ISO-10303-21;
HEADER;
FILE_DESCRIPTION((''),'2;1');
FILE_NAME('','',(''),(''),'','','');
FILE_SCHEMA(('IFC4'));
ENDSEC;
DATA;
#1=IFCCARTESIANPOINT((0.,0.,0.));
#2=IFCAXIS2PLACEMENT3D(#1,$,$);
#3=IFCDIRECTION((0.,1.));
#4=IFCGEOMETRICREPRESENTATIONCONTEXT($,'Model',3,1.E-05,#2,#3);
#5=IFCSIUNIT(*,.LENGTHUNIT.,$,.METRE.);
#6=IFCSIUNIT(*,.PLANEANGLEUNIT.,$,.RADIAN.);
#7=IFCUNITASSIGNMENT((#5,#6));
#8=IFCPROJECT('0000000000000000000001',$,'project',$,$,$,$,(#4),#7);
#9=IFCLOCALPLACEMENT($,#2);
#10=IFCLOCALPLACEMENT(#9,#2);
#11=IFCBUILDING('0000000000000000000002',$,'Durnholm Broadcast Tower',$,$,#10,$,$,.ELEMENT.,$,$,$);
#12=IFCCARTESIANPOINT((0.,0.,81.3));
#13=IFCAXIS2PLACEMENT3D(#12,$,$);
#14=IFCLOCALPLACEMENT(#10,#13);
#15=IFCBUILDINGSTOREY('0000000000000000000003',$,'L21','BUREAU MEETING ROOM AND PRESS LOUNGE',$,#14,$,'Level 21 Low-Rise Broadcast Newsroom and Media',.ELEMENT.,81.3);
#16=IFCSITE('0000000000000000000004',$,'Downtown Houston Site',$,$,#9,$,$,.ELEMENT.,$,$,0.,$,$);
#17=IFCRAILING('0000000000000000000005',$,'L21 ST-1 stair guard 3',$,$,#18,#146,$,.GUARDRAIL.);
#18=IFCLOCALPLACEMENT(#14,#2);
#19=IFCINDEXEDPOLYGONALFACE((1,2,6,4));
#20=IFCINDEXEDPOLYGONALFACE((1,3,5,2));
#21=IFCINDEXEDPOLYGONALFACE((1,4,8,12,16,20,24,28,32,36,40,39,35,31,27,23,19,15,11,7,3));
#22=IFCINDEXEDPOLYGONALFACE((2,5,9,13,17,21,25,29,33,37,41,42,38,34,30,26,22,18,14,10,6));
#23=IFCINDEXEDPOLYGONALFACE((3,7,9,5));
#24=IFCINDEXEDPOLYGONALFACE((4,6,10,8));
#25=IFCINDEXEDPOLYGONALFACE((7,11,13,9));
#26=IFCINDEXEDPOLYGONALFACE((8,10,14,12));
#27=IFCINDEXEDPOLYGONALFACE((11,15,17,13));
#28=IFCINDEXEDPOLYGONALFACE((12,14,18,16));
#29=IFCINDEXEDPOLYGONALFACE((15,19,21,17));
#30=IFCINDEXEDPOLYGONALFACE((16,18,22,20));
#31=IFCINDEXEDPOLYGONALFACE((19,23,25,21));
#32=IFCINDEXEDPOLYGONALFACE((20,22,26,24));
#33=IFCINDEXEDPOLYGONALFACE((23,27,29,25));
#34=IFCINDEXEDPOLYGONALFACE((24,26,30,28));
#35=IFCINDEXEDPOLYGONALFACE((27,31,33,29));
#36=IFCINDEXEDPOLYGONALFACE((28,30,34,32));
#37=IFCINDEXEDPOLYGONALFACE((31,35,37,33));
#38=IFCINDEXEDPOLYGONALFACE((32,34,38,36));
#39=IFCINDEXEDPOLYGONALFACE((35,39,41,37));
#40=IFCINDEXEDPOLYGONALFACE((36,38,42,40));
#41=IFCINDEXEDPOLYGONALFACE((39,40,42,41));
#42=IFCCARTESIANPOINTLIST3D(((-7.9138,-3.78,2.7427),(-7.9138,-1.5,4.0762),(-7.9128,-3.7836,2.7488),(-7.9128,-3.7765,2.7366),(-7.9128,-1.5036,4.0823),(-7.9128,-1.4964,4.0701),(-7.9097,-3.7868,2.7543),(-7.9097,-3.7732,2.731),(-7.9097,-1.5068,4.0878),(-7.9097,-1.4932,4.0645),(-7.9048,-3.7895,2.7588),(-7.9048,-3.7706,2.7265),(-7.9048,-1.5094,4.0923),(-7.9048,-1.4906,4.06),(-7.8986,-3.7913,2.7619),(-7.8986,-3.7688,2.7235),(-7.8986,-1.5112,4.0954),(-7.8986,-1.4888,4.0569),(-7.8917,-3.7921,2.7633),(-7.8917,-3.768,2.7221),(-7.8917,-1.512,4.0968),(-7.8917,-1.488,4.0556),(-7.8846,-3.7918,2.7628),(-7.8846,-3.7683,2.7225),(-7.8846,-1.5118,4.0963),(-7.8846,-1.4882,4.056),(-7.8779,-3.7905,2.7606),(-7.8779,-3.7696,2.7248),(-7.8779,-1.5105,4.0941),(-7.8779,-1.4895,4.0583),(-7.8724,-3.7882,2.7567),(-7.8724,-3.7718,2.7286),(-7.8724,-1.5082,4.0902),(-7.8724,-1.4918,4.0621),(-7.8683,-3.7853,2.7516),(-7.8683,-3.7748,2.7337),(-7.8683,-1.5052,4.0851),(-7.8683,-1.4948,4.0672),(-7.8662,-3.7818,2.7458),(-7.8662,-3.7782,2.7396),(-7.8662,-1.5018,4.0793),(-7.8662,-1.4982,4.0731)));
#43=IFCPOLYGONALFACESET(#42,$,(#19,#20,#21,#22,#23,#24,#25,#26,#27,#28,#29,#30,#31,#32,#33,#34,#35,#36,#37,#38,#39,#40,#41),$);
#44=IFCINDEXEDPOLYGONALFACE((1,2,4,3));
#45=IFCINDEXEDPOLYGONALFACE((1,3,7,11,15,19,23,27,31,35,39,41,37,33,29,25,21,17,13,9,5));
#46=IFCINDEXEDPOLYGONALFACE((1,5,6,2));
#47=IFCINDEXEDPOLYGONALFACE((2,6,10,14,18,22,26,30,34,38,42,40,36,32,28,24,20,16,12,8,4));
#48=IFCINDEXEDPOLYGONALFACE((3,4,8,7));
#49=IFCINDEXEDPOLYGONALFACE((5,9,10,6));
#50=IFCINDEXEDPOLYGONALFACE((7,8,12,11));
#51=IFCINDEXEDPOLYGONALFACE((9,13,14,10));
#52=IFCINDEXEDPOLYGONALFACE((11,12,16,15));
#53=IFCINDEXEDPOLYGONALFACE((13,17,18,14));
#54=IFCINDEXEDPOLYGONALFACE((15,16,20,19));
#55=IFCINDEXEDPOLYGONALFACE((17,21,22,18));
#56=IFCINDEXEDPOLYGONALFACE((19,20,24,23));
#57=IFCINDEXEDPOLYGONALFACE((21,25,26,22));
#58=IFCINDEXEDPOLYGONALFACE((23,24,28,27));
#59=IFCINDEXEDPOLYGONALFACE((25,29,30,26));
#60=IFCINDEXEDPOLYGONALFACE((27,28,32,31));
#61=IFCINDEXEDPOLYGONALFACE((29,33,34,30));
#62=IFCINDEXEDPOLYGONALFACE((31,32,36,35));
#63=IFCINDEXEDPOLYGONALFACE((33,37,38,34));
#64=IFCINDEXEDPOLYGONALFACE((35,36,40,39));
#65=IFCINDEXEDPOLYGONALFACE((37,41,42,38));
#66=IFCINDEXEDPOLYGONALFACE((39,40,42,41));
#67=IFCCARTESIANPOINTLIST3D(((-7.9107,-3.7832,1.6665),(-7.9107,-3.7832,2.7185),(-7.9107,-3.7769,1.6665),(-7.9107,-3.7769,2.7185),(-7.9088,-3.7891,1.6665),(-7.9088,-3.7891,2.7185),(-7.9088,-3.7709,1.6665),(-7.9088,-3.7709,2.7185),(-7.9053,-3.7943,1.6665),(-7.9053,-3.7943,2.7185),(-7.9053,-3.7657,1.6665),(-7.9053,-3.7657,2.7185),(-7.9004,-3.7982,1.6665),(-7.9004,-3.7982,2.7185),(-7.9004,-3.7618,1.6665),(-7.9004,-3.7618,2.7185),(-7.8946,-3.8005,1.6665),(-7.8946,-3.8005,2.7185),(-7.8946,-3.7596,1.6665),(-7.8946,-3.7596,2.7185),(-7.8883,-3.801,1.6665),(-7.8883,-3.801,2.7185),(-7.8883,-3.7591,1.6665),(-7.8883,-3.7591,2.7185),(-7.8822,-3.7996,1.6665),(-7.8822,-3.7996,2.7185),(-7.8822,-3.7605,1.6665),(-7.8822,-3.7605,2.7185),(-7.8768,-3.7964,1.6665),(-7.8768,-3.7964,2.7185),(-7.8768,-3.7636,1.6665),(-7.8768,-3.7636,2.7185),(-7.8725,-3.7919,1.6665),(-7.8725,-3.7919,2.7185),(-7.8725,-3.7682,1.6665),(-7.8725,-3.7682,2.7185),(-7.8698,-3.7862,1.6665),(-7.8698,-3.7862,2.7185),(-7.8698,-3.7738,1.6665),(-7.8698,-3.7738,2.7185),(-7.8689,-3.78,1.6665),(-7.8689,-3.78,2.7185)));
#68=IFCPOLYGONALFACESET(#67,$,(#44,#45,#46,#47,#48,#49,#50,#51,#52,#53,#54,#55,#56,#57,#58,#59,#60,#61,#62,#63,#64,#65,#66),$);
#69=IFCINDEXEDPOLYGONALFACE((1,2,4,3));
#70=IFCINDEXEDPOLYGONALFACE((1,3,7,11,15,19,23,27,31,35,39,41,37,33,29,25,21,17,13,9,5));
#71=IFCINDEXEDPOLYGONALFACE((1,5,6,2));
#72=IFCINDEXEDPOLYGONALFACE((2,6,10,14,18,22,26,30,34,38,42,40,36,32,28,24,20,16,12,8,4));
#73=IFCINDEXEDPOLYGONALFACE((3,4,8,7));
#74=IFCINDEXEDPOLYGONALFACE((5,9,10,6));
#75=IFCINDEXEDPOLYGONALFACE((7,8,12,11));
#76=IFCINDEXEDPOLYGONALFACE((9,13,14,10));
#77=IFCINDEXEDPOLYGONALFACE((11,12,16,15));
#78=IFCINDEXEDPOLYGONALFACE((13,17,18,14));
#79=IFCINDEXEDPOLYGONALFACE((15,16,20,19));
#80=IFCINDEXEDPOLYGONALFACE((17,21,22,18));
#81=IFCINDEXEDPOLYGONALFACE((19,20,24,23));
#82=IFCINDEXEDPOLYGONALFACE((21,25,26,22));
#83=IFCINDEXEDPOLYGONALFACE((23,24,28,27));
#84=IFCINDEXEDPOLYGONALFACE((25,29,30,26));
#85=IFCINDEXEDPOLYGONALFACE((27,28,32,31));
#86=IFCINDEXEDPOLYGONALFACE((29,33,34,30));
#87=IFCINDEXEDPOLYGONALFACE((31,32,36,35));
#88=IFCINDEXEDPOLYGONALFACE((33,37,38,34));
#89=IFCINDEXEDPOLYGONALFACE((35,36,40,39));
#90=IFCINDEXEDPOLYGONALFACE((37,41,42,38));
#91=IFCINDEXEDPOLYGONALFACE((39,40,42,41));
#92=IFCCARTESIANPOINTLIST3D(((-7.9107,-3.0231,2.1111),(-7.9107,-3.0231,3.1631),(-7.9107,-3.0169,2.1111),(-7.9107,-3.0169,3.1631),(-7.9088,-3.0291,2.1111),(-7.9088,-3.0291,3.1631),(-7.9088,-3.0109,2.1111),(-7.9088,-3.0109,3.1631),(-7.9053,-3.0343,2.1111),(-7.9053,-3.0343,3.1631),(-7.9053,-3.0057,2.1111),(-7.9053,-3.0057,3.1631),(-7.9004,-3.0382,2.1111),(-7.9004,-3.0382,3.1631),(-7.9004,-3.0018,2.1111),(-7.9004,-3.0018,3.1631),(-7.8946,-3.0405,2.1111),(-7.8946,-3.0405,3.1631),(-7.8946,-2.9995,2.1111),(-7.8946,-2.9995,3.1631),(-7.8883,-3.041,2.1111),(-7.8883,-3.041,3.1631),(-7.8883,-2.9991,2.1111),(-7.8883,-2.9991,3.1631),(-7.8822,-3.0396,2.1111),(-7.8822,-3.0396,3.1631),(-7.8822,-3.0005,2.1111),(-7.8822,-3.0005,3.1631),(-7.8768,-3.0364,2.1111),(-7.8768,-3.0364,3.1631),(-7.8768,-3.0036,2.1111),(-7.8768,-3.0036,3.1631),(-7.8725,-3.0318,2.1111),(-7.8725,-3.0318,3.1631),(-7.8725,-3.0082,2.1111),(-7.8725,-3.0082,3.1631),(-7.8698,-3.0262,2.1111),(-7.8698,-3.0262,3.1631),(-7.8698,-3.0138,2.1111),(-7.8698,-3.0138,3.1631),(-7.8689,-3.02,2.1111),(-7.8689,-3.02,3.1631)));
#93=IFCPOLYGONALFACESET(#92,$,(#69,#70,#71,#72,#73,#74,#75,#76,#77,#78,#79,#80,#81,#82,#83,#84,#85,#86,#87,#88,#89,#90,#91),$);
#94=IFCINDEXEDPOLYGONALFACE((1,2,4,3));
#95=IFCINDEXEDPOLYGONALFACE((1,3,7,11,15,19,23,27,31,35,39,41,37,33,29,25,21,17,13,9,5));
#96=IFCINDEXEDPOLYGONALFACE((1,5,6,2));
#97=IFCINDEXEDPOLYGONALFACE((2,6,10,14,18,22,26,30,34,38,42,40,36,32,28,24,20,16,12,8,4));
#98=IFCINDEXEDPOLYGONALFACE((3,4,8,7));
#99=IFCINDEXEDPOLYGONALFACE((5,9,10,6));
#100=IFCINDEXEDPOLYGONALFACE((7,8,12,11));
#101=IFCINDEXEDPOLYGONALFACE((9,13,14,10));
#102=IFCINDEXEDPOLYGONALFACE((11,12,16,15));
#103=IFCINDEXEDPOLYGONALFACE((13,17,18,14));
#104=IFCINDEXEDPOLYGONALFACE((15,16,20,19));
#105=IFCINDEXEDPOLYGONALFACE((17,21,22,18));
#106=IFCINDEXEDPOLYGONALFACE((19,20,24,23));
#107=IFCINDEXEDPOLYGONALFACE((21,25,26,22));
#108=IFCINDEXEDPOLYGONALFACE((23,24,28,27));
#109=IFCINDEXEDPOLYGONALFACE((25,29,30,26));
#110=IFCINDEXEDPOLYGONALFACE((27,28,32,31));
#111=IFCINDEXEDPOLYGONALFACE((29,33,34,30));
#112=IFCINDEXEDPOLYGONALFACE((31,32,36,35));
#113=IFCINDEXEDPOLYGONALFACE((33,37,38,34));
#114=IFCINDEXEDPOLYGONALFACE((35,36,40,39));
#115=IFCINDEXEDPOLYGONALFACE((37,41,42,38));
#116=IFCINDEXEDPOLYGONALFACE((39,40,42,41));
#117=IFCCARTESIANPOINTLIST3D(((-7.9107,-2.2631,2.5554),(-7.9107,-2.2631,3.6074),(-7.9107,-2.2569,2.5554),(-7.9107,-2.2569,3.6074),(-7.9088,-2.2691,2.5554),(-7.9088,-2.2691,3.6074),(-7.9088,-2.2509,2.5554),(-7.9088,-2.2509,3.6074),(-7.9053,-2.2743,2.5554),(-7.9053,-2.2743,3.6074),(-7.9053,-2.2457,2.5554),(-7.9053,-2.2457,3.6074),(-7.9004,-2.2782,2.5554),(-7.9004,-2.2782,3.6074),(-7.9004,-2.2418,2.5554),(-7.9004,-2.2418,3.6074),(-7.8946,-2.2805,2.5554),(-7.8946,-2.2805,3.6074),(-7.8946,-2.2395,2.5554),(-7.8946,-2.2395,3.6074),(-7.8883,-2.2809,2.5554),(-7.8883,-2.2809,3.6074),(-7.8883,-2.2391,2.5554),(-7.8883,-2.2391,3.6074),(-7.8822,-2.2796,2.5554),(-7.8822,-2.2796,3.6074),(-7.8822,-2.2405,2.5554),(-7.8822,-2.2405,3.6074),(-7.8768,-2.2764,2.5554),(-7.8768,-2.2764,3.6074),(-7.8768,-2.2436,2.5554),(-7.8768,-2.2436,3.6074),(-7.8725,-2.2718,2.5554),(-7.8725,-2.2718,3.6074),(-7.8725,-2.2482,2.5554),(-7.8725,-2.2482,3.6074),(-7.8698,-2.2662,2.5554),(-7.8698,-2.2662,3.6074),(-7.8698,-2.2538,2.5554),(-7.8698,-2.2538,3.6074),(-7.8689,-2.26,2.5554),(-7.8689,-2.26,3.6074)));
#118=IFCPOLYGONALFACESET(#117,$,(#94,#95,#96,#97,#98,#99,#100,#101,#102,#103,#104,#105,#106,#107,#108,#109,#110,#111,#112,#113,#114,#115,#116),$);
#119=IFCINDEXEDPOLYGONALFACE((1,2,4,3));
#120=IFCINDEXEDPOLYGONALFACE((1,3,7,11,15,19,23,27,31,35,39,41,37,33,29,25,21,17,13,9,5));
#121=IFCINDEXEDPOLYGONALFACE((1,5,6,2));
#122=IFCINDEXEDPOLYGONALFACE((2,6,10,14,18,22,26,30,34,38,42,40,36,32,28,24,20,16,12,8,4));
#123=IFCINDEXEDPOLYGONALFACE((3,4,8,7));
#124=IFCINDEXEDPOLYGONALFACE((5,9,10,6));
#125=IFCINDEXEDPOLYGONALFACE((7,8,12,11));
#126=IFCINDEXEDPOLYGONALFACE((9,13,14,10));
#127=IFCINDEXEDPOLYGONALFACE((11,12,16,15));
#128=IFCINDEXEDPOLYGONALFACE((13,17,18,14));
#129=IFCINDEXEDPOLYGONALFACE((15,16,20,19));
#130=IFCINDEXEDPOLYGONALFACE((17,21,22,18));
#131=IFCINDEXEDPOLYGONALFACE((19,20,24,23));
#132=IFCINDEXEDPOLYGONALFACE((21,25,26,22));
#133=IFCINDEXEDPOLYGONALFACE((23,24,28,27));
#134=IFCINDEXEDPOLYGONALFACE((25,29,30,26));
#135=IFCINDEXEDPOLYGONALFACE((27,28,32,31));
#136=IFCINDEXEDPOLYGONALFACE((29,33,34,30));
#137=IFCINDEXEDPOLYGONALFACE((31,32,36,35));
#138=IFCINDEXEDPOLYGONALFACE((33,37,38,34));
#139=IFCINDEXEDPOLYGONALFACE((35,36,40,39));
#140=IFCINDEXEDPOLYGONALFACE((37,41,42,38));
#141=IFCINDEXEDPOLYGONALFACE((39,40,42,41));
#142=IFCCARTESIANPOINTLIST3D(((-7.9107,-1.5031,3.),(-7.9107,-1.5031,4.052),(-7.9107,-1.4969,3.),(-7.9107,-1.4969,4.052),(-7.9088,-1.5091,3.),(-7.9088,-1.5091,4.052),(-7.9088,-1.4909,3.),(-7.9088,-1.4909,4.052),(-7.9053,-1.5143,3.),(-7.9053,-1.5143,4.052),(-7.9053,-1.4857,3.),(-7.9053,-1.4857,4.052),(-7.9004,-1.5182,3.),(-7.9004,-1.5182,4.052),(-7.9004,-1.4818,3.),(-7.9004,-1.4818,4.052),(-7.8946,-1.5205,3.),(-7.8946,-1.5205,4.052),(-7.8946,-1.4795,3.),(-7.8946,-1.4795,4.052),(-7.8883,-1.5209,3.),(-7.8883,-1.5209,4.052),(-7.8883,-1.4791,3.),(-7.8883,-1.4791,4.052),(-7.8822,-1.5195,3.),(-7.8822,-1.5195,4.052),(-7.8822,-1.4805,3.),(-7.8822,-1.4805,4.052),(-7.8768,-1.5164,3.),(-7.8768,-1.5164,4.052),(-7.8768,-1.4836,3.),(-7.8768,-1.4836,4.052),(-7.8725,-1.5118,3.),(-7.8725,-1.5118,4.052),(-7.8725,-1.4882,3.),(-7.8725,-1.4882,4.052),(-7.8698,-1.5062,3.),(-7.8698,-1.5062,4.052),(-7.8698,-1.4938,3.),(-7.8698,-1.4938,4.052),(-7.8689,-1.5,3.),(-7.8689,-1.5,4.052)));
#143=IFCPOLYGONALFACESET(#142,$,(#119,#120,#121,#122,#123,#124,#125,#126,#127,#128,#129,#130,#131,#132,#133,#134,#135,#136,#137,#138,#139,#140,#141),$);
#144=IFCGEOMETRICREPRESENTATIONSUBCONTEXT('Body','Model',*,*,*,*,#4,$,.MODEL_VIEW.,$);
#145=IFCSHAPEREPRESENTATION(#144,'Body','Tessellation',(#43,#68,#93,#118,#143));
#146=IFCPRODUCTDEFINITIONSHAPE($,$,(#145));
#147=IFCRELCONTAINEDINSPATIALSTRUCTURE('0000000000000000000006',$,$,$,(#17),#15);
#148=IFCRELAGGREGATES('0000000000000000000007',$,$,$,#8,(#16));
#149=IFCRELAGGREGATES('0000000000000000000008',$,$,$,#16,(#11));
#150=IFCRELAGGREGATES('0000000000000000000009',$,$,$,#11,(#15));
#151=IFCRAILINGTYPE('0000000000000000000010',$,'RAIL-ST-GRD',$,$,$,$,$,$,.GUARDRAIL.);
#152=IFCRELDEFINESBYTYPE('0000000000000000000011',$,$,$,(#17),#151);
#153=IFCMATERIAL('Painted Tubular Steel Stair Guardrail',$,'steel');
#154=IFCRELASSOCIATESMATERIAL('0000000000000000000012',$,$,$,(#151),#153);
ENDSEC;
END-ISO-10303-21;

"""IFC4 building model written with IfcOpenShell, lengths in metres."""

from ifc_helpers import new_model, si_unit, direction, frame, origin, origin_2d, place, context, subcontext, project, spatial, circle, extrude, material, type_object, element, save


model = new_model("IFC4")

# Units and contexts
model_context = context("Model", 3, precision=1e-05, world=origin(), true_north=direction((0.0, 1.0)))
body_context = subcontext(model_context, "Body", "Model", "MODEL_VIEW")
ifc_project = project(units=[si_unit("LENGTHUNIT", "METRE"), si_unit("PLANEANGLEUNIT", "RADIAN")], contexts=[model_context])

# Site, building, storey
site_placement = place(None, origin())
site = spatial("IfcSite", under=ifc_project, at=site_placement, Name="Downtown Houston Site", CompositionType="ELEMENT", RefElevation=0.0)
building_placement = place(site_placement, origin())
building = spatial("IfcBuilding", under=site, at=building_placement, Name="Durnholm Broadcast Tower", CompositionType="ELEMENT")
storey_placement = place(building_placement, frame((0.0, 0.0, 81.3)))
storey = spatial("IfcBuildingStorey", under=building, at=storey_placement, Name="L21", Description="BUREAU MEETING ROOM AND PRESS LOUNGE", LongName="Level 21 Low-Rise Broadcast Newsroom and Media", CompositionType="ELEMENT", Elevation=81.3)

# Railing
ifc_material_1 = material(Name="Painted Tubular Steel Stair Guardrail", Category="steel")
railing_type_1 = type_object("IfcRailingType", Name="RAIL-ST-GRD", PredefinedType="GUARDRAIL", material=ifc_material_1)
railing_1_placement = place(storey_placement, frame((-7.8899, -3.78, 1.6665)))
element("IfcRailing", 1, at=railing_1_placement, inside=storey, type_object=railing_type_1, Name="L21 ST-1 stair guard 3", PredefinedType="GUARDRAIL", context=body_context, shape_type="SweptSolid", body=[
    extrude(circle(Radius=0.0239, at=origin_2d()), frame((0.0, 0.0, 1.0762), z_axis=(0.0, 0.863205, 0.504853), x_axis=(-1.0, 0.0, 0.0)), (0.0, 0.0, 1.0), 2.6414),
    extrude(circle(Radius=0.021, at=origin_2d()), origin(), (0.0, 0.0, 1.0), 1.052),
    extrude(circle(Radius=0.021, at=origin_2d()), frame((0.0, 0.76, 0.4446)), (0.0, 0.0, 1.0), 1.052),
    extrude(circle(Radius=0.021, at=origin_2d()), frame((0.0, 1.52, 0.8889)), (0.0, 0.0, 1.0), 1.052),
    extrude(circle(Radius=0.021, at=origin_2d()), frame((0.0, 2.28, 1.3335)), (0.0, 0.0, 1.0), 1.052),
])

save(model, "model.ifc")
